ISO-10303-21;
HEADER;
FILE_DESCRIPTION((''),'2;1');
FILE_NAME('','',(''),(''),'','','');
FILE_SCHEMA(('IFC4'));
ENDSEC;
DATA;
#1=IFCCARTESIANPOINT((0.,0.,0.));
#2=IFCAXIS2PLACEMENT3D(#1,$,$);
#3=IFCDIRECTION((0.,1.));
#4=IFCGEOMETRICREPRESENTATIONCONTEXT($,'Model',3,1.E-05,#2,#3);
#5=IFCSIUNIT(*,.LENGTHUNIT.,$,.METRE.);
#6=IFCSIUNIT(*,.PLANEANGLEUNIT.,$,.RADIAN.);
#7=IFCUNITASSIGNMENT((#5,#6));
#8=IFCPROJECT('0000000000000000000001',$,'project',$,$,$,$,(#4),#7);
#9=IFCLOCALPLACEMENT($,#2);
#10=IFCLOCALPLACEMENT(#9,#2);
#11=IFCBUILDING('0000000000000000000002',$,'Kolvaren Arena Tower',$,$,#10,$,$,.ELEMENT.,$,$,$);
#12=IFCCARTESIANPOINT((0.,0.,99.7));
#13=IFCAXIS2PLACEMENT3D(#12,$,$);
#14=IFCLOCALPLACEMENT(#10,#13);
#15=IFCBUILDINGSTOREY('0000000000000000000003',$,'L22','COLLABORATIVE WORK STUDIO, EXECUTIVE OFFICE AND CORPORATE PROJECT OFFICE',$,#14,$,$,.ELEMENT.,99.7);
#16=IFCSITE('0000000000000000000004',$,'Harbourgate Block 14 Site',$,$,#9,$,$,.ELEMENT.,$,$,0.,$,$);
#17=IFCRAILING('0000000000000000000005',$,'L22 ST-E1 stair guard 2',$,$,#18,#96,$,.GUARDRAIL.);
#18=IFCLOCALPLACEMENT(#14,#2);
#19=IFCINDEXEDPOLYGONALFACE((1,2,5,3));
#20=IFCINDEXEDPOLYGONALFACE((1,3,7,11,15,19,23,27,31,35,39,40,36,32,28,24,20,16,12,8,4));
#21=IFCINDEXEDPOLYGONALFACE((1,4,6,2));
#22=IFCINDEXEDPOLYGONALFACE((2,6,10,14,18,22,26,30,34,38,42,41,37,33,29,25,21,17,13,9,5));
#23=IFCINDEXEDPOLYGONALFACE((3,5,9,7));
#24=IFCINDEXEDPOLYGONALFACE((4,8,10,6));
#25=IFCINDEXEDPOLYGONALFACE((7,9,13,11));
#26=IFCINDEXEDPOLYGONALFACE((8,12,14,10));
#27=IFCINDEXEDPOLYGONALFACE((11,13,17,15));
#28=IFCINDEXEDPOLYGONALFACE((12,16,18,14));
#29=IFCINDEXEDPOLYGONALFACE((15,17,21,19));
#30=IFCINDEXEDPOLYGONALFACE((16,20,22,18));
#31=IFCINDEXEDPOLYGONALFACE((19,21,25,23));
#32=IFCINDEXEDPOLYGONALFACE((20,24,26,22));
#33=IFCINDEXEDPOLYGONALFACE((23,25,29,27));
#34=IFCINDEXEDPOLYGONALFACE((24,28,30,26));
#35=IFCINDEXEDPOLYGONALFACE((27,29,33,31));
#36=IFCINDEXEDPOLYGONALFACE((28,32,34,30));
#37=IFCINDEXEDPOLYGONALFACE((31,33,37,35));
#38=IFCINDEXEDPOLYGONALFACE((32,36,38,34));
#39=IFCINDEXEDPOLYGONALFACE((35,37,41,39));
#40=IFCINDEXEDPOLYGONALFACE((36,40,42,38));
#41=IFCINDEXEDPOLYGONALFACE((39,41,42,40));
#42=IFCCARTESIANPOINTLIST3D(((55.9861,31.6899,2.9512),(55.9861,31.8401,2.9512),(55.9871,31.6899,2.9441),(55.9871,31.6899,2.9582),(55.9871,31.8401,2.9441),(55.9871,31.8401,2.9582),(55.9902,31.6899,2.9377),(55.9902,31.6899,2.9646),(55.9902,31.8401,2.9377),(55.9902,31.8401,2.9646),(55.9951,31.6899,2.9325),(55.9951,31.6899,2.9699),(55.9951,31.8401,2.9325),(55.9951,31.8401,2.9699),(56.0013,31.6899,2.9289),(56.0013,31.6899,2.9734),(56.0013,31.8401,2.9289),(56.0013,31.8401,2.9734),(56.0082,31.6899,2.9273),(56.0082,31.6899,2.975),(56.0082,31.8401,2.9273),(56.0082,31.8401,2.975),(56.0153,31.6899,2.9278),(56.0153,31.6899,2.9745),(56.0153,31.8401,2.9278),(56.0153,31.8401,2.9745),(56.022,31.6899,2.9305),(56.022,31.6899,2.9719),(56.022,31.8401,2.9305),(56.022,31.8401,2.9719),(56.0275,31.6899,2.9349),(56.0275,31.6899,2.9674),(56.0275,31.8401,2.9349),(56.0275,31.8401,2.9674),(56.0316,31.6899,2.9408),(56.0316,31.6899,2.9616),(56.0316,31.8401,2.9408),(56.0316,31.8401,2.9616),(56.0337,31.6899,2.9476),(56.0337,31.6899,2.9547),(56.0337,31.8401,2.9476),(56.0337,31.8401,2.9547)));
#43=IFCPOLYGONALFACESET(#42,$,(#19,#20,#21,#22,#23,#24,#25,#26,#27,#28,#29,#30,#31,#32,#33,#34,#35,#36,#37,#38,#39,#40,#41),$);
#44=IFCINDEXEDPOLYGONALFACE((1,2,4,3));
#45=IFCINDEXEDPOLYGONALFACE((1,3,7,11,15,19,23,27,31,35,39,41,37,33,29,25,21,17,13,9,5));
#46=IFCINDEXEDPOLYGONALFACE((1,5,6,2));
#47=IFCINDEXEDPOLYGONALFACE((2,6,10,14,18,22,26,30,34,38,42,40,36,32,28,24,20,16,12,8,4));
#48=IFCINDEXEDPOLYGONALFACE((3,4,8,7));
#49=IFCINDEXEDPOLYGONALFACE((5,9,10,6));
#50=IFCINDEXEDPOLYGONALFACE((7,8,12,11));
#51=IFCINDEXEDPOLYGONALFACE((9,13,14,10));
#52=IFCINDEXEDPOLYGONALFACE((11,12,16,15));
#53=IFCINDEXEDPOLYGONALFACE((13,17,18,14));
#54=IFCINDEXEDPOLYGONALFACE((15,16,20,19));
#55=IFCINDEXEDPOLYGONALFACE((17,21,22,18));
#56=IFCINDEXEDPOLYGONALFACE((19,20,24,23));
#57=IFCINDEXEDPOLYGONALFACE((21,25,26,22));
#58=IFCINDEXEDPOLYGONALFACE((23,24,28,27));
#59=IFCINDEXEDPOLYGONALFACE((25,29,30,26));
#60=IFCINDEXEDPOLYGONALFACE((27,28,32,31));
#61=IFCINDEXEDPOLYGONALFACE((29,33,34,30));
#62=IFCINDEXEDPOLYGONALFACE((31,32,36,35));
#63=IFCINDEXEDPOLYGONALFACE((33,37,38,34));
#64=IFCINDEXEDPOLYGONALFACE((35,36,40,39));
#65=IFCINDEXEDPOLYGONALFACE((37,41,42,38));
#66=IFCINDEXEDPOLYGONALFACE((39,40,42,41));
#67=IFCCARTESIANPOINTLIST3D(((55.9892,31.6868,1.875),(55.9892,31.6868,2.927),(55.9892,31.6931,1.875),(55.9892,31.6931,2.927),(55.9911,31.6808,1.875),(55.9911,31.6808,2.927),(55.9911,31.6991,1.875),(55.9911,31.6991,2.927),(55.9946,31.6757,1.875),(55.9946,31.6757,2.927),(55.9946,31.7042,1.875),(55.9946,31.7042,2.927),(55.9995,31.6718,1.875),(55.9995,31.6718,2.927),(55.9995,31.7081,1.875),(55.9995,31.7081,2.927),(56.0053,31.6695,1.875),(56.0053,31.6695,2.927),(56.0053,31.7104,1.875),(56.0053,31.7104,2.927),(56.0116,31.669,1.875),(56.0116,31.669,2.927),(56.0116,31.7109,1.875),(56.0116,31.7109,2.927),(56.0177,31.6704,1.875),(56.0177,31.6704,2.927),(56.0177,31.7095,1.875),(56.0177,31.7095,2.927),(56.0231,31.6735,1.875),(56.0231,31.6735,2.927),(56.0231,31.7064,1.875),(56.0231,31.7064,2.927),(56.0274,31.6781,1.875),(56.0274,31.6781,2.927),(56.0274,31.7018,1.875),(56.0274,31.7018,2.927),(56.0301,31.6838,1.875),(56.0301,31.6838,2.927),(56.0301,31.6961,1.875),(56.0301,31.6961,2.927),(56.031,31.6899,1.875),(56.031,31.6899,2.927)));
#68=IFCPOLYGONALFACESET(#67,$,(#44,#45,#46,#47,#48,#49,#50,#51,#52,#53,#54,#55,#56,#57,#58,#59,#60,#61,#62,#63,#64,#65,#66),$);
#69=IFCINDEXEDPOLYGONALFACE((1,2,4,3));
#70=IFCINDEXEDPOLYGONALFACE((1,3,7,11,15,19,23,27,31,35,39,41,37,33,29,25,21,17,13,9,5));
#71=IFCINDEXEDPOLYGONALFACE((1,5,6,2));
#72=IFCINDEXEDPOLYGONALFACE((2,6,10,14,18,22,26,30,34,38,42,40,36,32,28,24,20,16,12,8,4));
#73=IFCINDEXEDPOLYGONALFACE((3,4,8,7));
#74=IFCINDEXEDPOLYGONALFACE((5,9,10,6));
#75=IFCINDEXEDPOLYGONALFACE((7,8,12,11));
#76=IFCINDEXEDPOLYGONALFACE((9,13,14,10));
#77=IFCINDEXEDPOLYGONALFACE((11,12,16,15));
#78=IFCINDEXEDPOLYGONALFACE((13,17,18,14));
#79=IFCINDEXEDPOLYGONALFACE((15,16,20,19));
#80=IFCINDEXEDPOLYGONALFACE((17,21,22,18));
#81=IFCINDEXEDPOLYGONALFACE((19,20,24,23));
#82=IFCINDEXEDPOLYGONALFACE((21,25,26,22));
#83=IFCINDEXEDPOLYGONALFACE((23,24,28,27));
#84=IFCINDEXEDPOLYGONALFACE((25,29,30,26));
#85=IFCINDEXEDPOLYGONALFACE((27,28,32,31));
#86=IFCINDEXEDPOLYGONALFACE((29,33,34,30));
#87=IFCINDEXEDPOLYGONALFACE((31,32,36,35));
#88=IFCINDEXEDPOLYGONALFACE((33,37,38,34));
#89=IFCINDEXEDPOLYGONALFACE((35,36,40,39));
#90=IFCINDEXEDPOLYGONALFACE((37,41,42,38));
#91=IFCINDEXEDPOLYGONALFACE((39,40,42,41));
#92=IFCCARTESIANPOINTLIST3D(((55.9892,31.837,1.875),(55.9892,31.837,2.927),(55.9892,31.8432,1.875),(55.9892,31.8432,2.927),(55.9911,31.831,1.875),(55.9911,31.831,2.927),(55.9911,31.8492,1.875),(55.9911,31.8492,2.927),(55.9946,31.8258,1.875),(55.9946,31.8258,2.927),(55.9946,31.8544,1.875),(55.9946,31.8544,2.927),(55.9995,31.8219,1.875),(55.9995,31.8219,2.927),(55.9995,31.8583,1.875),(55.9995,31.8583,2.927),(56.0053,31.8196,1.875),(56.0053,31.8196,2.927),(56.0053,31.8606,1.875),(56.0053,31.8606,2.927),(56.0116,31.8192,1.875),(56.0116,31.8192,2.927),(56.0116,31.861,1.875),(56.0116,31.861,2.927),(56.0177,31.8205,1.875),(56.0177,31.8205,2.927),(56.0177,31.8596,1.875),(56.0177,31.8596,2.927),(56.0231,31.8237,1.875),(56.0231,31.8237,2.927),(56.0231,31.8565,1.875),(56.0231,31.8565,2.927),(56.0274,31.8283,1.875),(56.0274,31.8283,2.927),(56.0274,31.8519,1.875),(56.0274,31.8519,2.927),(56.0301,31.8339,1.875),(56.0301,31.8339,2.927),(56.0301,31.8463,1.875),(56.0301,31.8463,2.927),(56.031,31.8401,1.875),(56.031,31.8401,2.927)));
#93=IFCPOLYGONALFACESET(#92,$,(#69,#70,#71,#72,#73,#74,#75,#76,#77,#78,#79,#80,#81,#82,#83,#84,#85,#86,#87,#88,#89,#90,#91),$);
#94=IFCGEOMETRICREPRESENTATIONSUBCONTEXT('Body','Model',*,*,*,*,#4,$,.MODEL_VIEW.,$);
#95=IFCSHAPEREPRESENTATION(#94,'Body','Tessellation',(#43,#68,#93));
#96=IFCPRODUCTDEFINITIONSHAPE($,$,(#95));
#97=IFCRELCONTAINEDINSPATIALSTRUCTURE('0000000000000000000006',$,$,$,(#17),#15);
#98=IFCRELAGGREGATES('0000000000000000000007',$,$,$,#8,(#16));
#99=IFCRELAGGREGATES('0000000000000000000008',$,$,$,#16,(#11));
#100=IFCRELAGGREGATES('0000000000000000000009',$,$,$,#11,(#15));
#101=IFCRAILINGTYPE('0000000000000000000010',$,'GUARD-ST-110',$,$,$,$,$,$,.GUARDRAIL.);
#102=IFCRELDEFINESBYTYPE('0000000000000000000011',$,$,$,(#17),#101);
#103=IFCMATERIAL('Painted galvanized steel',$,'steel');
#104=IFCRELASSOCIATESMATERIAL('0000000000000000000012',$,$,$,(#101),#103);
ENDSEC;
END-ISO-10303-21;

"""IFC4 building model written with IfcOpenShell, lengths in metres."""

from ifc_helpers import new_model, si_unit, direction, frame, origin, origin_2d, place, context, subcontext, project, spatial, circle, extrude, material, type_object, element, save


model = new_model("IFC4")

# Units and contexts
model_context = context("Model", 3, precision=1e-05, world=origin(), true_north=direction((0.0, 1.0)))
body_context = subcontext(model_context, "Body", "Model", "MODEL_VIEW")
ifc_project = project(units=[si_unit("LENGTHUNIT", "METRE"), si_unit("PLANEANGLEUNIT", "RADIAN")], contexts=[model_context])

# Site, building, storey
site_placement = place(None, origin())
site = spatial("IfcSite", under=ifc_project, at=site_placement, Name="Harbourgate Block 14 Site", CompositionType="ELEMENT", RefElevation=0.0)
building_placement = place(site_placement, origin())
building = spatial("IfcBuilding", under=site, at=building_placement, Name="Kolvaren Arena Tower", CompositionType="ELEMENT")
storey_placement = place(building_placement, frame((0.0, 0.0, 99.7)))
storey = spatial("IfcBuildingStorey", under=building, at=storey_placement, Name="L22", Description="COLLABORATIVE WORK STUDIO, EXECUTIVE OFFICE AND CORPORATE PROJECT OFFICE", CompositionType="ELEMENT", Elevation=99.7)

# Railing
ifc_material_1 = material(Name="Painted galvanized steel", Category="steel")
railing_type_1 = type_object("IfcRailingType", Name="GUARD-ST-110", PredefinedType="GUARDRAIL", material=ifc_material_1)
railing_1_placement = place(storey_placement, frame((56.01, 31.6899, 1.875)))
element("IfcRailing", 1, at=railing_1_placement, inside=storey, type_object=railing_type_1, Name="L22 ST-E1 stair guard 2", PredefinedType="GUARDRAIL", context=body_context, shape_type="SweptSolid", body=[
    extrude(circle(Radius=0.0239, at=origin_2d()), frame((0.0, 0.0, 1.0762), z_axis=(0.0, 1.0, 0.0), x_axis=(-1.0, 0.0, 0.0)), (0.0, 0.0, 1.0), 0.1501),
    extrude(circle(Radius=0.021, at=origin_2d()), origin(), (0.0, 0.0, 1.0), 1.052),
    extrude(circle(Radius=0.021, at=origin_2d()), frame((0.0, 0.1501, 0.0)), (0.0, 0.0, 1.0), 1.052),
])

save(model, "model.ifc")
